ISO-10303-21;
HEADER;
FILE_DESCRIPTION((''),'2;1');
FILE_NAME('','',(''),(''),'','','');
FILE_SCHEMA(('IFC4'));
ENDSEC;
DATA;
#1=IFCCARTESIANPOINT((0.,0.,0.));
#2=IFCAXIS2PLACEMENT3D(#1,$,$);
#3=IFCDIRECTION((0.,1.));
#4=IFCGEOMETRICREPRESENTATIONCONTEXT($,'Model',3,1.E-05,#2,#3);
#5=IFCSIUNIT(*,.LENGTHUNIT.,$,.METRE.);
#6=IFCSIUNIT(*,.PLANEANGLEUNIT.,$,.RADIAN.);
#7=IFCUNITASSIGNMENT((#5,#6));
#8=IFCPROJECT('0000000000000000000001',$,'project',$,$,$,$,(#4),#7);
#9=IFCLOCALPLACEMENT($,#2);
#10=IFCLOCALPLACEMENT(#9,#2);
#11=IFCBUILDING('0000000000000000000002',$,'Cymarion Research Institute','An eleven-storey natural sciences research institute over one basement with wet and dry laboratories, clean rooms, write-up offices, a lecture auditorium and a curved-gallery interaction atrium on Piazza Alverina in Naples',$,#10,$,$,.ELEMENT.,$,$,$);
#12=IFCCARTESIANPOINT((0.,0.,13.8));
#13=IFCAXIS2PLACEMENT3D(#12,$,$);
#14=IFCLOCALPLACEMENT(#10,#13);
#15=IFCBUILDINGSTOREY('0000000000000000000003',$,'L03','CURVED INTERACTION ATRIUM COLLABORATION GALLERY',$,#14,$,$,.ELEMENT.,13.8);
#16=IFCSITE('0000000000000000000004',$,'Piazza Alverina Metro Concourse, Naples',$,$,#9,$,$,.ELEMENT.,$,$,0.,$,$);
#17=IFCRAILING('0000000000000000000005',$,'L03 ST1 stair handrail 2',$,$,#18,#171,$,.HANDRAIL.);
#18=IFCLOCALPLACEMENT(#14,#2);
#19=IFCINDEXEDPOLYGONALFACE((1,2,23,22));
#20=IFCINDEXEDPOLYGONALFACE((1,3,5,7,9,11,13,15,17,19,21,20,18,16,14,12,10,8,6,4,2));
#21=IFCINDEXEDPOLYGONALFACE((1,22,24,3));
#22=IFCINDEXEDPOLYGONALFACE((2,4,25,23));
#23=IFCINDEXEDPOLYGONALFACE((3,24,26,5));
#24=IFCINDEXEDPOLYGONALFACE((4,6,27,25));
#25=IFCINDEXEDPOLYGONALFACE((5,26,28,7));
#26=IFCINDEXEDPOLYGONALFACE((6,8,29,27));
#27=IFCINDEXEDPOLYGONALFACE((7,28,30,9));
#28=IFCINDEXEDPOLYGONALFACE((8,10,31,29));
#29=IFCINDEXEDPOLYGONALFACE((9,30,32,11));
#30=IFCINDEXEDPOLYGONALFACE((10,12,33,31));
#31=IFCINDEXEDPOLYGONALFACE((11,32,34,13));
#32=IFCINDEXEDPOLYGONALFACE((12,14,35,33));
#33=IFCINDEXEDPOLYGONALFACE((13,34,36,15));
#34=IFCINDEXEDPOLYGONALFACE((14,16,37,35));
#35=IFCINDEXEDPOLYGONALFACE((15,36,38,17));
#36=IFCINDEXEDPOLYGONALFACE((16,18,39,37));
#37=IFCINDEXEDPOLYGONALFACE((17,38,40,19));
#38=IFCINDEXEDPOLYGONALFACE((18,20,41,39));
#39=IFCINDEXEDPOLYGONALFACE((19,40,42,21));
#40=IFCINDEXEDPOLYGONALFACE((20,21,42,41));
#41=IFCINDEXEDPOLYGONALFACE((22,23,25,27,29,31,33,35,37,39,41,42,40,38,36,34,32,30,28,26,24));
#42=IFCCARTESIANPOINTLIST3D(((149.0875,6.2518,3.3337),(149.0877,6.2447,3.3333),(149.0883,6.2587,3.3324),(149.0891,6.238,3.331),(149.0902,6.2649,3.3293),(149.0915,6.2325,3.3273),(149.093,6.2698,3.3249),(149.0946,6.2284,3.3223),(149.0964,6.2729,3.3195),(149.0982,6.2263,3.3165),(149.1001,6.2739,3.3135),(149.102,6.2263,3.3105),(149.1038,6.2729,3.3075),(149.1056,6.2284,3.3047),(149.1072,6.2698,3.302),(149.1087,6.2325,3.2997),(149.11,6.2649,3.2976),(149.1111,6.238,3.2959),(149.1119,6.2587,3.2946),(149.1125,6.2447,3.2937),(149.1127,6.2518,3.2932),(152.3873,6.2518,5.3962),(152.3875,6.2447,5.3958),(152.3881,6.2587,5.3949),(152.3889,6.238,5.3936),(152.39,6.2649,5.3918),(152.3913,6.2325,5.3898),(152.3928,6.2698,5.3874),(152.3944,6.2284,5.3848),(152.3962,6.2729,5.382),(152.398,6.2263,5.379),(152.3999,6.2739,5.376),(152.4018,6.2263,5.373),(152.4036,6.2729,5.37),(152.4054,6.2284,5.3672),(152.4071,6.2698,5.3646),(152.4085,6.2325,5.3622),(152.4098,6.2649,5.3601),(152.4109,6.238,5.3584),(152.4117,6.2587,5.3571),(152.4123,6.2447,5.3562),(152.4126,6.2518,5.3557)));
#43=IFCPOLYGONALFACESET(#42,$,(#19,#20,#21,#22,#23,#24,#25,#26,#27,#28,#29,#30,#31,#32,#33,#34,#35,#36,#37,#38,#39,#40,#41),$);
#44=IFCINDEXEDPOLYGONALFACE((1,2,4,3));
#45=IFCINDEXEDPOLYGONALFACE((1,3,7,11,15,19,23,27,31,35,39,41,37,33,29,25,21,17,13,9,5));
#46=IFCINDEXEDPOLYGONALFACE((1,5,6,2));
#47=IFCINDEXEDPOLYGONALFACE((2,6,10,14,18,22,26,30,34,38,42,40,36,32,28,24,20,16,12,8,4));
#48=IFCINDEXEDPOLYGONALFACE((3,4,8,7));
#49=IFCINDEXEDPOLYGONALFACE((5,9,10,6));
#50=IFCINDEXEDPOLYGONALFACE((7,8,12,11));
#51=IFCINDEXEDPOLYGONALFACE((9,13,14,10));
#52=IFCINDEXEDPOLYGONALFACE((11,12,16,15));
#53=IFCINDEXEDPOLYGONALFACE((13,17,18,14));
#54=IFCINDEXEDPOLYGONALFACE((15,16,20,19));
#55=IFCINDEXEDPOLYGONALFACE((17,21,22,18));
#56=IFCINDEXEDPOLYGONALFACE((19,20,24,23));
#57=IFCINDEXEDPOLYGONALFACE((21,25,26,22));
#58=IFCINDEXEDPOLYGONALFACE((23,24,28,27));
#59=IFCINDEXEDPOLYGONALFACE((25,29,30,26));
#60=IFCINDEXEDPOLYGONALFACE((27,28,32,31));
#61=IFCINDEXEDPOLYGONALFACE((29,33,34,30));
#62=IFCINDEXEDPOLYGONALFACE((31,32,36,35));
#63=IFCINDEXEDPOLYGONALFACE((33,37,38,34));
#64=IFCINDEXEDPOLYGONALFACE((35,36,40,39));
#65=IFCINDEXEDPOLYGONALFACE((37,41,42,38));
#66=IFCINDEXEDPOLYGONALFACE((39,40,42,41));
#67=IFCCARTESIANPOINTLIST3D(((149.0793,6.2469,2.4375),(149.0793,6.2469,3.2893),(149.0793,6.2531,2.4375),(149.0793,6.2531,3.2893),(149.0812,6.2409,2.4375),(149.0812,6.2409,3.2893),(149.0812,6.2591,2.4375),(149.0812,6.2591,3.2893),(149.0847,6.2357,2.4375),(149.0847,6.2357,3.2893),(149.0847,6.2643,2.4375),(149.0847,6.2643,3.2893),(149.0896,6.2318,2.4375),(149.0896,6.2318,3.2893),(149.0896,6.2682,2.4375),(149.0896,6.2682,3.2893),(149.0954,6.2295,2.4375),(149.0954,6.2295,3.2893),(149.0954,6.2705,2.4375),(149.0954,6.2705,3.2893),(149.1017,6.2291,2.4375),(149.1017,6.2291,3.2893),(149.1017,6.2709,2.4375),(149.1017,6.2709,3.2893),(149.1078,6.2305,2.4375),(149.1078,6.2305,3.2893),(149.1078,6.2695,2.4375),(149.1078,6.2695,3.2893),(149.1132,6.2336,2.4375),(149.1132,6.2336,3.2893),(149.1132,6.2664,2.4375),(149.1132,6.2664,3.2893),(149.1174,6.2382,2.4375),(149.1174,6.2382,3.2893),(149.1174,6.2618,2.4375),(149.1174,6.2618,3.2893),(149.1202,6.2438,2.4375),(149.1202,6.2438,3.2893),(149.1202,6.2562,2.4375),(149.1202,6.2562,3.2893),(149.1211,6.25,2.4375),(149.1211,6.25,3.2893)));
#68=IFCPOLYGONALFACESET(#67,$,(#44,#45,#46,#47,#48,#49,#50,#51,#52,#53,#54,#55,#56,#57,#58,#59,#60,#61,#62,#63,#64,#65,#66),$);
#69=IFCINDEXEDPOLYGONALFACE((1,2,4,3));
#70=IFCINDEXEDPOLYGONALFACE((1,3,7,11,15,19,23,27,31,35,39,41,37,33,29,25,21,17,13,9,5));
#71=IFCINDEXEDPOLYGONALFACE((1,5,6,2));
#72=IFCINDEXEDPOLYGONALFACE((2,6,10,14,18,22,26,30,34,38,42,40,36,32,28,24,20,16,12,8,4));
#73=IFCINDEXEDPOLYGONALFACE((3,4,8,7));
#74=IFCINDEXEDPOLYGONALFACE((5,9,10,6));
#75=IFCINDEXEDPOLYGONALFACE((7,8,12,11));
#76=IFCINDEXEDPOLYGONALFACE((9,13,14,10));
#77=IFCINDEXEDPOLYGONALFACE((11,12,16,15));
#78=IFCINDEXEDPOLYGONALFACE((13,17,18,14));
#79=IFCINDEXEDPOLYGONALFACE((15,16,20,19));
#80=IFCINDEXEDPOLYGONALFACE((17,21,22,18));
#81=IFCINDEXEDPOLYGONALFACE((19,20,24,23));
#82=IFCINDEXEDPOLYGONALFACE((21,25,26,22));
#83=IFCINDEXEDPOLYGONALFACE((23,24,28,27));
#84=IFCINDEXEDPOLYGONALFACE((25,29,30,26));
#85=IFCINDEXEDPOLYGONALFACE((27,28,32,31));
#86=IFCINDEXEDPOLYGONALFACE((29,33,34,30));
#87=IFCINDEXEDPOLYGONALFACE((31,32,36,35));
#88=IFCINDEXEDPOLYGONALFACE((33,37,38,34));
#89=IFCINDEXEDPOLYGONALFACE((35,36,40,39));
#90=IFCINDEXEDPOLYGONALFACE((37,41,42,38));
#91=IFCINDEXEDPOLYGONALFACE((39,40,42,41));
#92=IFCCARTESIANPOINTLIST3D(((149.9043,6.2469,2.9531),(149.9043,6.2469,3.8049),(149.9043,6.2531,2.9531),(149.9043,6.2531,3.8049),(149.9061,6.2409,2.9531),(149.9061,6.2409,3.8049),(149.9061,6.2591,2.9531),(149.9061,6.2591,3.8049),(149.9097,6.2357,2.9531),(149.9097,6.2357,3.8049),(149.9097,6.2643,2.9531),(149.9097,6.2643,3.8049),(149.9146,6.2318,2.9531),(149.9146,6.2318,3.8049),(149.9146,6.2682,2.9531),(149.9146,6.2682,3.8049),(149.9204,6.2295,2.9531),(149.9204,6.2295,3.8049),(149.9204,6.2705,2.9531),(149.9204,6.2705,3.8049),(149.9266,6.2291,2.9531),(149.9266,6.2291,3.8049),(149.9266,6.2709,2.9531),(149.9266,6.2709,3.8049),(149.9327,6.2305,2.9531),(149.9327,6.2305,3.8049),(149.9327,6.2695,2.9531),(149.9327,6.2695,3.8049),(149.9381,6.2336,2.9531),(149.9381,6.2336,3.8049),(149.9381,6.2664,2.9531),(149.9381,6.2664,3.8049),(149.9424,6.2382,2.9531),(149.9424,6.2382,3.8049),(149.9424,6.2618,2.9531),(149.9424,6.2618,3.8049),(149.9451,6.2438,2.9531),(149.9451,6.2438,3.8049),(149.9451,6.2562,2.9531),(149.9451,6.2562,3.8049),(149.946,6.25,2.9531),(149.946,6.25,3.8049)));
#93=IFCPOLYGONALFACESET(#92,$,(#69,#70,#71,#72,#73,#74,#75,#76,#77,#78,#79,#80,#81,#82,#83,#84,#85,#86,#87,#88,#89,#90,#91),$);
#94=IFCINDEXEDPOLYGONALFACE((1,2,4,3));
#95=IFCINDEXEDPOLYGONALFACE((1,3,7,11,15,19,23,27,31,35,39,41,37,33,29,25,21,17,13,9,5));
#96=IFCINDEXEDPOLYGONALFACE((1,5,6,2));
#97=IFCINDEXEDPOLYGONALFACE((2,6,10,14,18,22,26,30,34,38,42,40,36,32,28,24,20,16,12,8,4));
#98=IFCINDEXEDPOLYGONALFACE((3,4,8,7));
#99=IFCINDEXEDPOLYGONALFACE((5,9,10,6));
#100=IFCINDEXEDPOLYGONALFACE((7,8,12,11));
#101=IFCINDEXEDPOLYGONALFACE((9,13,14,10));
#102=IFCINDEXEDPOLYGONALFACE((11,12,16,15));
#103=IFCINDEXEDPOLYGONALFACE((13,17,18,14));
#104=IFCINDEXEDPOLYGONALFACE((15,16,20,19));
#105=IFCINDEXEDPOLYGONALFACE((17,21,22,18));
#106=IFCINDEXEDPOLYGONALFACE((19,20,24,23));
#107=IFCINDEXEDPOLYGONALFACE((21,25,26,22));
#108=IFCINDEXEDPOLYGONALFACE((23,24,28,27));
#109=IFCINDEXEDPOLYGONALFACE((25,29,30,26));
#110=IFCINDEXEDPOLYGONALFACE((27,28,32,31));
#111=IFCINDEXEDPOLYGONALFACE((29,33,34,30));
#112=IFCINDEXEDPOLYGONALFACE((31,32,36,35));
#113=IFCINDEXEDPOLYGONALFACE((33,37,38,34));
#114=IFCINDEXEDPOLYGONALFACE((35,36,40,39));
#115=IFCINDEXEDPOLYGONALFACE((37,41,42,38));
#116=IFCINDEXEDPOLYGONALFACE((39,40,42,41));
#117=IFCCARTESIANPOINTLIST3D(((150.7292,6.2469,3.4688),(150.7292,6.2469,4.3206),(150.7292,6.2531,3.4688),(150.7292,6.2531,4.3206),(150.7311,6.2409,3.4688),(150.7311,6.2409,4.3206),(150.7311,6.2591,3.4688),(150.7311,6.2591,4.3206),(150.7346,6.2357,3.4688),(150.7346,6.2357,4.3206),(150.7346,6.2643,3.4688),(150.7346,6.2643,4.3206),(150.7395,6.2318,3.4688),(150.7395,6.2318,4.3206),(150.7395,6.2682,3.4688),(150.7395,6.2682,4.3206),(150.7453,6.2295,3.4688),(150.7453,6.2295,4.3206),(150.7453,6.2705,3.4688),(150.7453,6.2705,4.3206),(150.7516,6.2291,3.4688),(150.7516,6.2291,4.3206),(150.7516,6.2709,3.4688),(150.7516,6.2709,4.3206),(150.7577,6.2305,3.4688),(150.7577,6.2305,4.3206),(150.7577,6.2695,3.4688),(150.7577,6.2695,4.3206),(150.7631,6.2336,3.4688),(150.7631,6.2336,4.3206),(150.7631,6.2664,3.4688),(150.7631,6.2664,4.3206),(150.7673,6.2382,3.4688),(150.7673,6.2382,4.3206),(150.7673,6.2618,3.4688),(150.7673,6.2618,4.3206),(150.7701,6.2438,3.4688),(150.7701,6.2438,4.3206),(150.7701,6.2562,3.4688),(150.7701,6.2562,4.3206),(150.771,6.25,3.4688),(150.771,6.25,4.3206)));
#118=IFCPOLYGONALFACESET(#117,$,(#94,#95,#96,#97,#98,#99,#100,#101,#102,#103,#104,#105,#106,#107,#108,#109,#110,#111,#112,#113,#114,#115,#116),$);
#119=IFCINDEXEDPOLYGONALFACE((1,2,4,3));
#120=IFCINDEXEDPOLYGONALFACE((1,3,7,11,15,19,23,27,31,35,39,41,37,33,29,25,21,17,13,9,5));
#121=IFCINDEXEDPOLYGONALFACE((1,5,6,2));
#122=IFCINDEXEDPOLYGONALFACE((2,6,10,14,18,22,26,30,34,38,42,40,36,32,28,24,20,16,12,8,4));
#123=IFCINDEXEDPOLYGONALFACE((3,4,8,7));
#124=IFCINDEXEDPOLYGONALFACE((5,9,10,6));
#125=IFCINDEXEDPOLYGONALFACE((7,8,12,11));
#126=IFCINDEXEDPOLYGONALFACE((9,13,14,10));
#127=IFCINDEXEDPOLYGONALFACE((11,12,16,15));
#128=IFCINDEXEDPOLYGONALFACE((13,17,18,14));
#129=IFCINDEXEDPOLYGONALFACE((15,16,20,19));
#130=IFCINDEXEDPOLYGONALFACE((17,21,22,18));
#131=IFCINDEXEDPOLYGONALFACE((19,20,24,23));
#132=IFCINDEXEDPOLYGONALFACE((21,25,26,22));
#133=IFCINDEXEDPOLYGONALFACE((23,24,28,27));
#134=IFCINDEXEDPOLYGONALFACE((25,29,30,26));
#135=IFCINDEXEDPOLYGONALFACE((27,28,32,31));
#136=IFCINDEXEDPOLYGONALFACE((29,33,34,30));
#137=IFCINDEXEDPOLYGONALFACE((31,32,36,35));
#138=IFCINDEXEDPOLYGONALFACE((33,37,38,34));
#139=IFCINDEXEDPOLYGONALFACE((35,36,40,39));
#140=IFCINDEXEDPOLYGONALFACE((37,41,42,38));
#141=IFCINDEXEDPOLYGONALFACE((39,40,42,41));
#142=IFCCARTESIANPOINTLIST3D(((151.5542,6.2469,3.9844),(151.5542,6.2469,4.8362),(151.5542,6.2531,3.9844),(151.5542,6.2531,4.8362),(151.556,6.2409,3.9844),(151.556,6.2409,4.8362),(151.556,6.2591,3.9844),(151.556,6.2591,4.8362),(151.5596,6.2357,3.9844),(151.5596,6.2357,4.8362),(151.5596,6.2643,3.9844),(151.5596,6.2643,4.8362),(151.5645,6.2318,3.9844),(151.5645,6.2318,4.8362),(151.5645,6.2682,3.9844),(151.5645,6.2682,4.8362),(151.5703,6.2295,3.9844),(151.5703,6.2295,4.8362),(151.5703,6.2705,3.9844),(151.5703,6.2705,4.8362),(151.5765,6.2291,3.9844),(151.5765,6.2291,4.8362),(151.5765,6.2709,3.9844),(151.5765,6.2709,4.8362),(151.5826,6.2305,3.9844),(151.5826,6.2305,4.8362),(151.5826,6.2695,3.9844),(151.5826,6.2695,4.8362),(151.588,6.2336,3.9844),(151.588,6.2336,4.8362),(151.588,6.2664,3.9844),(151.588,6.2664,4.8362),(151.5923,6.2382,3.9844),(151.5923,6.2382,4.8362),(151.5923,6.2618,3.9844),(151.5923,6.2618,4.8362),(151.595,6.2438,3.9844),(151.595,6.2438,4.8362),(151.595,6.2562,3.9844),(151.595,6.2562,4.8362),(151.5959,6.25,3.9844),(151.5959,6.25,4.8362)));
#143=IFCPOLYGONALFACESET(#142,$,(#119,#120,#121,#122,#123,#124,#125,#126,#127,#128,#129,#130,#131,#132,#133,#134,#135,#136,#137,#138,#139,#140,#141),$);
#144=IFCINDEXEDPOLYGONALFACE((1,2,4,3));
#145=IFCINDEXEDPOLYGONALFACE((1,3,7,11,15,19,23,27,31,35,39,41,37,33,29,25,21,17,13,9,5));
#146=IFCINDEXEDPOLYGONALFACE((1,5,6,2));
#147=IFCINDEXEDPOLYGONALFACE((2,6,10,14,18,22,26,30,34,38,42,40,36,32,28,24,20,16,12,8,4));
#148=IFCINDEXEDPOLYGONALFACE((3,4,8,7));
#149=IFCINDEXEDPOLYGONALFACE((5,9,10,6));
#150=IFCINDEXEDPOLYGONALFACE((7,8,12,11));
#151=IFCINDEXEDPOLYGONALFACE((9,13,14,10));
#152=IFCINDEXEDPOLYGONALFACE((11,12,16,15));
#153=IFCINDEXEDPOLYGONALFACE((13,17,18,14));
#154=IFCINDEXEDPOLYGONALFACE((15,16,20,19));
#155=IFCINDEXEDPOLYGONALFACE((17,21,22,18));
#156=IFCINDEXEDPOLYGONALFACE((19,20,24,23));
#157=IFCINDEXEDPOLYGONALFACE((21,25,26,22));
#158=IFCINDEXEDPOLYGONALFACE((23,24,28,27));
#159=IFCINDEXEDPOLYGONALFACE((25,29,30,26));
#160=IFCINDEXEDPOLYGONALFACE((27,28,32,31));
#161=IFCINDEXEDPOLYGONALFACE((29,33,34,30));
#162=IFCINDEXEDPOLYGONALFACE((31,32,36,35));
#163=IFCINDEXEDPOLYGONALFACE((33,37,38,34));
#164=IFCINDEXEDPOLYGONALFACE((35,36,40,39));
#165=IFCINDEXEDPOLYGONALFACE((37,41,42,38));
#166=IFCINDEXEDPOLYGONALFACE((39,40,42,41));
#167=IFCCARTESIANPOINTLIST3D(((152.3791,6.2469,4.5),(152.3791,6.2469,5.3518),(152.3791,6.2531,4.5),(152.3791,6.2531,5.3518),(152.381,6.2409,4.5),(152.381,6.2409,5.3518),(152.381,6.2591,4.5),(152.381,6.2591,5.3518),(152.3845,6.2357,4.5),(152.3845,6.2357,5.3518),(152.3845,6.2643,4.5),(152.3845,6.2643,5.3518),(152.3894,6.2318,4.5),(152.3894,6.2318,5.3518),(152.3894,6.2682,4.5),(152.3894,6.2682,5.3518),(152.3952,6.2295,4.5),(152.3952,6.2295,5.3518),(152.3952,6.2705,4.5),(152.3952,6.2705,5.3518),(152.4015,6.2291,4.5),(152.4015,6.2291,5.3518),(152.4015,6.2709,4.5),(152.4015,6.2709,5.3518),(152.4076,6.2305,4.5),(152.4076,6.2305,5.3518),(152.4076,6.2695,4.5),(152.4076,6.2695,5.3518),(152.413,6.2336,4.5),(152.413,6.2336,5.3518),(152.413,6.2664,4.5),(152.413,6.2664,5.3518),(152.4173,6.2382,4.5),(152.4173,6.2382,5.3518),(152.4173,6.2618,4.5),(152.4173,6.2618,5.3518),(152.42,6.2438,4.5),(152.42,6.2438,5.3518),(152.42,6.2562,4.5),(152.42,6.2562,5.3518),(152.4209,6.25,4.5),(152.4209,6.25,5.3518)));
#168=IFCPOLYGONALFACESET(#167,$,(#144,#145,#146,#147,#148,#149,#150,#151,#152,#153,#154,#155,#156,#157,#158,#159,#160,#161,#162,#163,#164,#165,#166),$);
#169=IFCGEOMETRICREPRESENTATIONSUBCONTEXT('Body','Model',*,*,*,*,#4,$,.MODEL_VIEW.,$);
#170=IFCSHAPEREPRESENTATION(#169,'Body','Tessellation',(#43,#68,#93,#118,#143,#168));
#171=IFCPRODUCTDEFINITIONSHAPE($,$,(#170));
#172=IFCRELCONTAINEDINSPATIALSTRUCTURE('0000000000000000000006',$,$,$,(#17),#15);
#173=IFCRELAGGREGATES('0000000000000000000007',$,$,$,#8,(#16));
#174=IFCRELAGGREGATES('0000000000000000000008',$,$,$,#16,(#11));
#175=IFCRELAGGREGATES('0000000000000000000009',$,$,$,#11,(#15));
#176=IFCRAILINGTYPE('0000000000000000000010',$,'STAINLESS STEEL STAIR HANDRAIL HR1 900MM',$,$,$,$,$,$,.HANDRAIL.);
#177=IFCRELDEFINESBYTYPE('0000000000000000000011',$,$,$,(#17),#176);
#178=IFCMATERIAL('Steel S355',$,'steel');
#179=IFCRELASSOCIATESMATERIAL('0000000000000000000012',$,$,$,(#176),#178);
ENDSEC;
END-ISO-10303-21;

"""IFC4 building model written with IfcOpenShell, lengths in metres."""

from ifc_helpers import new_model, si_unit, direction, frame, origin, origin_2d, place, context, subcontext, project, spatial, circle, extrude, material, type_object, element, save


model = new_model("IFC4")

# Units and contexts
model_context = context("Model", 3, precision=1e-05, world=origin(), true_north=direction((0.0, 1.0)))
body_context = subcontext(model_context, "Body", "Model", "MODEL_VIEW")
ifc_project = project(units=[si_unit("LENGTHUNIT", "METRE"), si_unit("PLANEANGLEUNIT", "RADIAN")], contexts=[model_context])

# Site, building, storey
site_placement = place(None, origin())
site = spatial("IfcSite", under=ifc_project, at=site_placement, Name="Piazza Alverina Metro Concourse, Naples", CompositionType="ELEMENT", RefElevation=0.0)
building_placement = place(site_placement, origin())
building = spatial("IfcBuilding", under=site, at=building_placement, Name="Cymarion Research Institute", Description="An eleven-storey natural sciences research institute over one basement with wet and dry laboratories, clean rooms, write-up offices, a lecture auditorium and a curved-gallery interaction atrium on Piazza Alverina in Naples", CompositionType="ELEMENT")
storey_placement = place(building_placement, frame((0.0, 0.0, 13.8)))
storey = spatial("IfcBuildingStorey", under=building, at=storey_placement, Name="L03", Description="CURVED INTERACTION ATRIUM COLLABORATION GALLERY", CompositionType="ELEMENT", Elevation=13.8)

# Shared definitions
ifc_material_1 = material(Name="Steel S355", Category="steel")

# Railing
railing_type_1 = type_object("IfcRailingType", Name="STAINLESS STEEL STAIR HANDRAIL HR1 900MM", PredefinedType="HANDRAIL", material=ifc_material_1)
railing_1_placement = place(storey_placement, frame((149.1001, 6.25, 2.4375)))
element("IfcRailing", 1, at=railing_1_placement, inside=storey, type_object=railing_type_1, Name="L03 ST1 stair handrail 2", PredefinedType="HANDRAIL", context=body_context, shape_type="SweptSolid", body=[
    extrude(circle(Radius=0.0239, at=origin_2d()), frame((0.0, 0.0, 0.876), z_axis=(0.847984, 0.0, 0.530021), x_axis=(0.0, 1.0, 0.0)), (0.0, 0.0, 1.0), 3.8914),
    extrude(circle(Radius=0.021, at=origin_2d()), origin(), (0.0, 0.0, 1.0), 0.8518),
    extrude(circle(Radius=0.021, at=origin_2d()), frame((0.825, 0.0, 0.5156)), (0.0, 0.0, 1.0), 0.8518),
    extrude(circle(Radius=0.021, at=origin_2d()), frame((1.6499, 0.0, 1.0312)), (0.0, 0.0, 1.0), 0.8518),
    extrude(circle(Radius=0.021, at=origin_2d()), frame((2.4749, 0.0, 1.5469)), (0.0, 0.0, 1.0), 0.8518),
    extrude(circle(Radius=0.021, at=origin_2d()), frame((3.2998, 0.0, 2.0625)), (0.0, 0.0, 1.0), 0.8518),
])

save(model, "model.ifc")
